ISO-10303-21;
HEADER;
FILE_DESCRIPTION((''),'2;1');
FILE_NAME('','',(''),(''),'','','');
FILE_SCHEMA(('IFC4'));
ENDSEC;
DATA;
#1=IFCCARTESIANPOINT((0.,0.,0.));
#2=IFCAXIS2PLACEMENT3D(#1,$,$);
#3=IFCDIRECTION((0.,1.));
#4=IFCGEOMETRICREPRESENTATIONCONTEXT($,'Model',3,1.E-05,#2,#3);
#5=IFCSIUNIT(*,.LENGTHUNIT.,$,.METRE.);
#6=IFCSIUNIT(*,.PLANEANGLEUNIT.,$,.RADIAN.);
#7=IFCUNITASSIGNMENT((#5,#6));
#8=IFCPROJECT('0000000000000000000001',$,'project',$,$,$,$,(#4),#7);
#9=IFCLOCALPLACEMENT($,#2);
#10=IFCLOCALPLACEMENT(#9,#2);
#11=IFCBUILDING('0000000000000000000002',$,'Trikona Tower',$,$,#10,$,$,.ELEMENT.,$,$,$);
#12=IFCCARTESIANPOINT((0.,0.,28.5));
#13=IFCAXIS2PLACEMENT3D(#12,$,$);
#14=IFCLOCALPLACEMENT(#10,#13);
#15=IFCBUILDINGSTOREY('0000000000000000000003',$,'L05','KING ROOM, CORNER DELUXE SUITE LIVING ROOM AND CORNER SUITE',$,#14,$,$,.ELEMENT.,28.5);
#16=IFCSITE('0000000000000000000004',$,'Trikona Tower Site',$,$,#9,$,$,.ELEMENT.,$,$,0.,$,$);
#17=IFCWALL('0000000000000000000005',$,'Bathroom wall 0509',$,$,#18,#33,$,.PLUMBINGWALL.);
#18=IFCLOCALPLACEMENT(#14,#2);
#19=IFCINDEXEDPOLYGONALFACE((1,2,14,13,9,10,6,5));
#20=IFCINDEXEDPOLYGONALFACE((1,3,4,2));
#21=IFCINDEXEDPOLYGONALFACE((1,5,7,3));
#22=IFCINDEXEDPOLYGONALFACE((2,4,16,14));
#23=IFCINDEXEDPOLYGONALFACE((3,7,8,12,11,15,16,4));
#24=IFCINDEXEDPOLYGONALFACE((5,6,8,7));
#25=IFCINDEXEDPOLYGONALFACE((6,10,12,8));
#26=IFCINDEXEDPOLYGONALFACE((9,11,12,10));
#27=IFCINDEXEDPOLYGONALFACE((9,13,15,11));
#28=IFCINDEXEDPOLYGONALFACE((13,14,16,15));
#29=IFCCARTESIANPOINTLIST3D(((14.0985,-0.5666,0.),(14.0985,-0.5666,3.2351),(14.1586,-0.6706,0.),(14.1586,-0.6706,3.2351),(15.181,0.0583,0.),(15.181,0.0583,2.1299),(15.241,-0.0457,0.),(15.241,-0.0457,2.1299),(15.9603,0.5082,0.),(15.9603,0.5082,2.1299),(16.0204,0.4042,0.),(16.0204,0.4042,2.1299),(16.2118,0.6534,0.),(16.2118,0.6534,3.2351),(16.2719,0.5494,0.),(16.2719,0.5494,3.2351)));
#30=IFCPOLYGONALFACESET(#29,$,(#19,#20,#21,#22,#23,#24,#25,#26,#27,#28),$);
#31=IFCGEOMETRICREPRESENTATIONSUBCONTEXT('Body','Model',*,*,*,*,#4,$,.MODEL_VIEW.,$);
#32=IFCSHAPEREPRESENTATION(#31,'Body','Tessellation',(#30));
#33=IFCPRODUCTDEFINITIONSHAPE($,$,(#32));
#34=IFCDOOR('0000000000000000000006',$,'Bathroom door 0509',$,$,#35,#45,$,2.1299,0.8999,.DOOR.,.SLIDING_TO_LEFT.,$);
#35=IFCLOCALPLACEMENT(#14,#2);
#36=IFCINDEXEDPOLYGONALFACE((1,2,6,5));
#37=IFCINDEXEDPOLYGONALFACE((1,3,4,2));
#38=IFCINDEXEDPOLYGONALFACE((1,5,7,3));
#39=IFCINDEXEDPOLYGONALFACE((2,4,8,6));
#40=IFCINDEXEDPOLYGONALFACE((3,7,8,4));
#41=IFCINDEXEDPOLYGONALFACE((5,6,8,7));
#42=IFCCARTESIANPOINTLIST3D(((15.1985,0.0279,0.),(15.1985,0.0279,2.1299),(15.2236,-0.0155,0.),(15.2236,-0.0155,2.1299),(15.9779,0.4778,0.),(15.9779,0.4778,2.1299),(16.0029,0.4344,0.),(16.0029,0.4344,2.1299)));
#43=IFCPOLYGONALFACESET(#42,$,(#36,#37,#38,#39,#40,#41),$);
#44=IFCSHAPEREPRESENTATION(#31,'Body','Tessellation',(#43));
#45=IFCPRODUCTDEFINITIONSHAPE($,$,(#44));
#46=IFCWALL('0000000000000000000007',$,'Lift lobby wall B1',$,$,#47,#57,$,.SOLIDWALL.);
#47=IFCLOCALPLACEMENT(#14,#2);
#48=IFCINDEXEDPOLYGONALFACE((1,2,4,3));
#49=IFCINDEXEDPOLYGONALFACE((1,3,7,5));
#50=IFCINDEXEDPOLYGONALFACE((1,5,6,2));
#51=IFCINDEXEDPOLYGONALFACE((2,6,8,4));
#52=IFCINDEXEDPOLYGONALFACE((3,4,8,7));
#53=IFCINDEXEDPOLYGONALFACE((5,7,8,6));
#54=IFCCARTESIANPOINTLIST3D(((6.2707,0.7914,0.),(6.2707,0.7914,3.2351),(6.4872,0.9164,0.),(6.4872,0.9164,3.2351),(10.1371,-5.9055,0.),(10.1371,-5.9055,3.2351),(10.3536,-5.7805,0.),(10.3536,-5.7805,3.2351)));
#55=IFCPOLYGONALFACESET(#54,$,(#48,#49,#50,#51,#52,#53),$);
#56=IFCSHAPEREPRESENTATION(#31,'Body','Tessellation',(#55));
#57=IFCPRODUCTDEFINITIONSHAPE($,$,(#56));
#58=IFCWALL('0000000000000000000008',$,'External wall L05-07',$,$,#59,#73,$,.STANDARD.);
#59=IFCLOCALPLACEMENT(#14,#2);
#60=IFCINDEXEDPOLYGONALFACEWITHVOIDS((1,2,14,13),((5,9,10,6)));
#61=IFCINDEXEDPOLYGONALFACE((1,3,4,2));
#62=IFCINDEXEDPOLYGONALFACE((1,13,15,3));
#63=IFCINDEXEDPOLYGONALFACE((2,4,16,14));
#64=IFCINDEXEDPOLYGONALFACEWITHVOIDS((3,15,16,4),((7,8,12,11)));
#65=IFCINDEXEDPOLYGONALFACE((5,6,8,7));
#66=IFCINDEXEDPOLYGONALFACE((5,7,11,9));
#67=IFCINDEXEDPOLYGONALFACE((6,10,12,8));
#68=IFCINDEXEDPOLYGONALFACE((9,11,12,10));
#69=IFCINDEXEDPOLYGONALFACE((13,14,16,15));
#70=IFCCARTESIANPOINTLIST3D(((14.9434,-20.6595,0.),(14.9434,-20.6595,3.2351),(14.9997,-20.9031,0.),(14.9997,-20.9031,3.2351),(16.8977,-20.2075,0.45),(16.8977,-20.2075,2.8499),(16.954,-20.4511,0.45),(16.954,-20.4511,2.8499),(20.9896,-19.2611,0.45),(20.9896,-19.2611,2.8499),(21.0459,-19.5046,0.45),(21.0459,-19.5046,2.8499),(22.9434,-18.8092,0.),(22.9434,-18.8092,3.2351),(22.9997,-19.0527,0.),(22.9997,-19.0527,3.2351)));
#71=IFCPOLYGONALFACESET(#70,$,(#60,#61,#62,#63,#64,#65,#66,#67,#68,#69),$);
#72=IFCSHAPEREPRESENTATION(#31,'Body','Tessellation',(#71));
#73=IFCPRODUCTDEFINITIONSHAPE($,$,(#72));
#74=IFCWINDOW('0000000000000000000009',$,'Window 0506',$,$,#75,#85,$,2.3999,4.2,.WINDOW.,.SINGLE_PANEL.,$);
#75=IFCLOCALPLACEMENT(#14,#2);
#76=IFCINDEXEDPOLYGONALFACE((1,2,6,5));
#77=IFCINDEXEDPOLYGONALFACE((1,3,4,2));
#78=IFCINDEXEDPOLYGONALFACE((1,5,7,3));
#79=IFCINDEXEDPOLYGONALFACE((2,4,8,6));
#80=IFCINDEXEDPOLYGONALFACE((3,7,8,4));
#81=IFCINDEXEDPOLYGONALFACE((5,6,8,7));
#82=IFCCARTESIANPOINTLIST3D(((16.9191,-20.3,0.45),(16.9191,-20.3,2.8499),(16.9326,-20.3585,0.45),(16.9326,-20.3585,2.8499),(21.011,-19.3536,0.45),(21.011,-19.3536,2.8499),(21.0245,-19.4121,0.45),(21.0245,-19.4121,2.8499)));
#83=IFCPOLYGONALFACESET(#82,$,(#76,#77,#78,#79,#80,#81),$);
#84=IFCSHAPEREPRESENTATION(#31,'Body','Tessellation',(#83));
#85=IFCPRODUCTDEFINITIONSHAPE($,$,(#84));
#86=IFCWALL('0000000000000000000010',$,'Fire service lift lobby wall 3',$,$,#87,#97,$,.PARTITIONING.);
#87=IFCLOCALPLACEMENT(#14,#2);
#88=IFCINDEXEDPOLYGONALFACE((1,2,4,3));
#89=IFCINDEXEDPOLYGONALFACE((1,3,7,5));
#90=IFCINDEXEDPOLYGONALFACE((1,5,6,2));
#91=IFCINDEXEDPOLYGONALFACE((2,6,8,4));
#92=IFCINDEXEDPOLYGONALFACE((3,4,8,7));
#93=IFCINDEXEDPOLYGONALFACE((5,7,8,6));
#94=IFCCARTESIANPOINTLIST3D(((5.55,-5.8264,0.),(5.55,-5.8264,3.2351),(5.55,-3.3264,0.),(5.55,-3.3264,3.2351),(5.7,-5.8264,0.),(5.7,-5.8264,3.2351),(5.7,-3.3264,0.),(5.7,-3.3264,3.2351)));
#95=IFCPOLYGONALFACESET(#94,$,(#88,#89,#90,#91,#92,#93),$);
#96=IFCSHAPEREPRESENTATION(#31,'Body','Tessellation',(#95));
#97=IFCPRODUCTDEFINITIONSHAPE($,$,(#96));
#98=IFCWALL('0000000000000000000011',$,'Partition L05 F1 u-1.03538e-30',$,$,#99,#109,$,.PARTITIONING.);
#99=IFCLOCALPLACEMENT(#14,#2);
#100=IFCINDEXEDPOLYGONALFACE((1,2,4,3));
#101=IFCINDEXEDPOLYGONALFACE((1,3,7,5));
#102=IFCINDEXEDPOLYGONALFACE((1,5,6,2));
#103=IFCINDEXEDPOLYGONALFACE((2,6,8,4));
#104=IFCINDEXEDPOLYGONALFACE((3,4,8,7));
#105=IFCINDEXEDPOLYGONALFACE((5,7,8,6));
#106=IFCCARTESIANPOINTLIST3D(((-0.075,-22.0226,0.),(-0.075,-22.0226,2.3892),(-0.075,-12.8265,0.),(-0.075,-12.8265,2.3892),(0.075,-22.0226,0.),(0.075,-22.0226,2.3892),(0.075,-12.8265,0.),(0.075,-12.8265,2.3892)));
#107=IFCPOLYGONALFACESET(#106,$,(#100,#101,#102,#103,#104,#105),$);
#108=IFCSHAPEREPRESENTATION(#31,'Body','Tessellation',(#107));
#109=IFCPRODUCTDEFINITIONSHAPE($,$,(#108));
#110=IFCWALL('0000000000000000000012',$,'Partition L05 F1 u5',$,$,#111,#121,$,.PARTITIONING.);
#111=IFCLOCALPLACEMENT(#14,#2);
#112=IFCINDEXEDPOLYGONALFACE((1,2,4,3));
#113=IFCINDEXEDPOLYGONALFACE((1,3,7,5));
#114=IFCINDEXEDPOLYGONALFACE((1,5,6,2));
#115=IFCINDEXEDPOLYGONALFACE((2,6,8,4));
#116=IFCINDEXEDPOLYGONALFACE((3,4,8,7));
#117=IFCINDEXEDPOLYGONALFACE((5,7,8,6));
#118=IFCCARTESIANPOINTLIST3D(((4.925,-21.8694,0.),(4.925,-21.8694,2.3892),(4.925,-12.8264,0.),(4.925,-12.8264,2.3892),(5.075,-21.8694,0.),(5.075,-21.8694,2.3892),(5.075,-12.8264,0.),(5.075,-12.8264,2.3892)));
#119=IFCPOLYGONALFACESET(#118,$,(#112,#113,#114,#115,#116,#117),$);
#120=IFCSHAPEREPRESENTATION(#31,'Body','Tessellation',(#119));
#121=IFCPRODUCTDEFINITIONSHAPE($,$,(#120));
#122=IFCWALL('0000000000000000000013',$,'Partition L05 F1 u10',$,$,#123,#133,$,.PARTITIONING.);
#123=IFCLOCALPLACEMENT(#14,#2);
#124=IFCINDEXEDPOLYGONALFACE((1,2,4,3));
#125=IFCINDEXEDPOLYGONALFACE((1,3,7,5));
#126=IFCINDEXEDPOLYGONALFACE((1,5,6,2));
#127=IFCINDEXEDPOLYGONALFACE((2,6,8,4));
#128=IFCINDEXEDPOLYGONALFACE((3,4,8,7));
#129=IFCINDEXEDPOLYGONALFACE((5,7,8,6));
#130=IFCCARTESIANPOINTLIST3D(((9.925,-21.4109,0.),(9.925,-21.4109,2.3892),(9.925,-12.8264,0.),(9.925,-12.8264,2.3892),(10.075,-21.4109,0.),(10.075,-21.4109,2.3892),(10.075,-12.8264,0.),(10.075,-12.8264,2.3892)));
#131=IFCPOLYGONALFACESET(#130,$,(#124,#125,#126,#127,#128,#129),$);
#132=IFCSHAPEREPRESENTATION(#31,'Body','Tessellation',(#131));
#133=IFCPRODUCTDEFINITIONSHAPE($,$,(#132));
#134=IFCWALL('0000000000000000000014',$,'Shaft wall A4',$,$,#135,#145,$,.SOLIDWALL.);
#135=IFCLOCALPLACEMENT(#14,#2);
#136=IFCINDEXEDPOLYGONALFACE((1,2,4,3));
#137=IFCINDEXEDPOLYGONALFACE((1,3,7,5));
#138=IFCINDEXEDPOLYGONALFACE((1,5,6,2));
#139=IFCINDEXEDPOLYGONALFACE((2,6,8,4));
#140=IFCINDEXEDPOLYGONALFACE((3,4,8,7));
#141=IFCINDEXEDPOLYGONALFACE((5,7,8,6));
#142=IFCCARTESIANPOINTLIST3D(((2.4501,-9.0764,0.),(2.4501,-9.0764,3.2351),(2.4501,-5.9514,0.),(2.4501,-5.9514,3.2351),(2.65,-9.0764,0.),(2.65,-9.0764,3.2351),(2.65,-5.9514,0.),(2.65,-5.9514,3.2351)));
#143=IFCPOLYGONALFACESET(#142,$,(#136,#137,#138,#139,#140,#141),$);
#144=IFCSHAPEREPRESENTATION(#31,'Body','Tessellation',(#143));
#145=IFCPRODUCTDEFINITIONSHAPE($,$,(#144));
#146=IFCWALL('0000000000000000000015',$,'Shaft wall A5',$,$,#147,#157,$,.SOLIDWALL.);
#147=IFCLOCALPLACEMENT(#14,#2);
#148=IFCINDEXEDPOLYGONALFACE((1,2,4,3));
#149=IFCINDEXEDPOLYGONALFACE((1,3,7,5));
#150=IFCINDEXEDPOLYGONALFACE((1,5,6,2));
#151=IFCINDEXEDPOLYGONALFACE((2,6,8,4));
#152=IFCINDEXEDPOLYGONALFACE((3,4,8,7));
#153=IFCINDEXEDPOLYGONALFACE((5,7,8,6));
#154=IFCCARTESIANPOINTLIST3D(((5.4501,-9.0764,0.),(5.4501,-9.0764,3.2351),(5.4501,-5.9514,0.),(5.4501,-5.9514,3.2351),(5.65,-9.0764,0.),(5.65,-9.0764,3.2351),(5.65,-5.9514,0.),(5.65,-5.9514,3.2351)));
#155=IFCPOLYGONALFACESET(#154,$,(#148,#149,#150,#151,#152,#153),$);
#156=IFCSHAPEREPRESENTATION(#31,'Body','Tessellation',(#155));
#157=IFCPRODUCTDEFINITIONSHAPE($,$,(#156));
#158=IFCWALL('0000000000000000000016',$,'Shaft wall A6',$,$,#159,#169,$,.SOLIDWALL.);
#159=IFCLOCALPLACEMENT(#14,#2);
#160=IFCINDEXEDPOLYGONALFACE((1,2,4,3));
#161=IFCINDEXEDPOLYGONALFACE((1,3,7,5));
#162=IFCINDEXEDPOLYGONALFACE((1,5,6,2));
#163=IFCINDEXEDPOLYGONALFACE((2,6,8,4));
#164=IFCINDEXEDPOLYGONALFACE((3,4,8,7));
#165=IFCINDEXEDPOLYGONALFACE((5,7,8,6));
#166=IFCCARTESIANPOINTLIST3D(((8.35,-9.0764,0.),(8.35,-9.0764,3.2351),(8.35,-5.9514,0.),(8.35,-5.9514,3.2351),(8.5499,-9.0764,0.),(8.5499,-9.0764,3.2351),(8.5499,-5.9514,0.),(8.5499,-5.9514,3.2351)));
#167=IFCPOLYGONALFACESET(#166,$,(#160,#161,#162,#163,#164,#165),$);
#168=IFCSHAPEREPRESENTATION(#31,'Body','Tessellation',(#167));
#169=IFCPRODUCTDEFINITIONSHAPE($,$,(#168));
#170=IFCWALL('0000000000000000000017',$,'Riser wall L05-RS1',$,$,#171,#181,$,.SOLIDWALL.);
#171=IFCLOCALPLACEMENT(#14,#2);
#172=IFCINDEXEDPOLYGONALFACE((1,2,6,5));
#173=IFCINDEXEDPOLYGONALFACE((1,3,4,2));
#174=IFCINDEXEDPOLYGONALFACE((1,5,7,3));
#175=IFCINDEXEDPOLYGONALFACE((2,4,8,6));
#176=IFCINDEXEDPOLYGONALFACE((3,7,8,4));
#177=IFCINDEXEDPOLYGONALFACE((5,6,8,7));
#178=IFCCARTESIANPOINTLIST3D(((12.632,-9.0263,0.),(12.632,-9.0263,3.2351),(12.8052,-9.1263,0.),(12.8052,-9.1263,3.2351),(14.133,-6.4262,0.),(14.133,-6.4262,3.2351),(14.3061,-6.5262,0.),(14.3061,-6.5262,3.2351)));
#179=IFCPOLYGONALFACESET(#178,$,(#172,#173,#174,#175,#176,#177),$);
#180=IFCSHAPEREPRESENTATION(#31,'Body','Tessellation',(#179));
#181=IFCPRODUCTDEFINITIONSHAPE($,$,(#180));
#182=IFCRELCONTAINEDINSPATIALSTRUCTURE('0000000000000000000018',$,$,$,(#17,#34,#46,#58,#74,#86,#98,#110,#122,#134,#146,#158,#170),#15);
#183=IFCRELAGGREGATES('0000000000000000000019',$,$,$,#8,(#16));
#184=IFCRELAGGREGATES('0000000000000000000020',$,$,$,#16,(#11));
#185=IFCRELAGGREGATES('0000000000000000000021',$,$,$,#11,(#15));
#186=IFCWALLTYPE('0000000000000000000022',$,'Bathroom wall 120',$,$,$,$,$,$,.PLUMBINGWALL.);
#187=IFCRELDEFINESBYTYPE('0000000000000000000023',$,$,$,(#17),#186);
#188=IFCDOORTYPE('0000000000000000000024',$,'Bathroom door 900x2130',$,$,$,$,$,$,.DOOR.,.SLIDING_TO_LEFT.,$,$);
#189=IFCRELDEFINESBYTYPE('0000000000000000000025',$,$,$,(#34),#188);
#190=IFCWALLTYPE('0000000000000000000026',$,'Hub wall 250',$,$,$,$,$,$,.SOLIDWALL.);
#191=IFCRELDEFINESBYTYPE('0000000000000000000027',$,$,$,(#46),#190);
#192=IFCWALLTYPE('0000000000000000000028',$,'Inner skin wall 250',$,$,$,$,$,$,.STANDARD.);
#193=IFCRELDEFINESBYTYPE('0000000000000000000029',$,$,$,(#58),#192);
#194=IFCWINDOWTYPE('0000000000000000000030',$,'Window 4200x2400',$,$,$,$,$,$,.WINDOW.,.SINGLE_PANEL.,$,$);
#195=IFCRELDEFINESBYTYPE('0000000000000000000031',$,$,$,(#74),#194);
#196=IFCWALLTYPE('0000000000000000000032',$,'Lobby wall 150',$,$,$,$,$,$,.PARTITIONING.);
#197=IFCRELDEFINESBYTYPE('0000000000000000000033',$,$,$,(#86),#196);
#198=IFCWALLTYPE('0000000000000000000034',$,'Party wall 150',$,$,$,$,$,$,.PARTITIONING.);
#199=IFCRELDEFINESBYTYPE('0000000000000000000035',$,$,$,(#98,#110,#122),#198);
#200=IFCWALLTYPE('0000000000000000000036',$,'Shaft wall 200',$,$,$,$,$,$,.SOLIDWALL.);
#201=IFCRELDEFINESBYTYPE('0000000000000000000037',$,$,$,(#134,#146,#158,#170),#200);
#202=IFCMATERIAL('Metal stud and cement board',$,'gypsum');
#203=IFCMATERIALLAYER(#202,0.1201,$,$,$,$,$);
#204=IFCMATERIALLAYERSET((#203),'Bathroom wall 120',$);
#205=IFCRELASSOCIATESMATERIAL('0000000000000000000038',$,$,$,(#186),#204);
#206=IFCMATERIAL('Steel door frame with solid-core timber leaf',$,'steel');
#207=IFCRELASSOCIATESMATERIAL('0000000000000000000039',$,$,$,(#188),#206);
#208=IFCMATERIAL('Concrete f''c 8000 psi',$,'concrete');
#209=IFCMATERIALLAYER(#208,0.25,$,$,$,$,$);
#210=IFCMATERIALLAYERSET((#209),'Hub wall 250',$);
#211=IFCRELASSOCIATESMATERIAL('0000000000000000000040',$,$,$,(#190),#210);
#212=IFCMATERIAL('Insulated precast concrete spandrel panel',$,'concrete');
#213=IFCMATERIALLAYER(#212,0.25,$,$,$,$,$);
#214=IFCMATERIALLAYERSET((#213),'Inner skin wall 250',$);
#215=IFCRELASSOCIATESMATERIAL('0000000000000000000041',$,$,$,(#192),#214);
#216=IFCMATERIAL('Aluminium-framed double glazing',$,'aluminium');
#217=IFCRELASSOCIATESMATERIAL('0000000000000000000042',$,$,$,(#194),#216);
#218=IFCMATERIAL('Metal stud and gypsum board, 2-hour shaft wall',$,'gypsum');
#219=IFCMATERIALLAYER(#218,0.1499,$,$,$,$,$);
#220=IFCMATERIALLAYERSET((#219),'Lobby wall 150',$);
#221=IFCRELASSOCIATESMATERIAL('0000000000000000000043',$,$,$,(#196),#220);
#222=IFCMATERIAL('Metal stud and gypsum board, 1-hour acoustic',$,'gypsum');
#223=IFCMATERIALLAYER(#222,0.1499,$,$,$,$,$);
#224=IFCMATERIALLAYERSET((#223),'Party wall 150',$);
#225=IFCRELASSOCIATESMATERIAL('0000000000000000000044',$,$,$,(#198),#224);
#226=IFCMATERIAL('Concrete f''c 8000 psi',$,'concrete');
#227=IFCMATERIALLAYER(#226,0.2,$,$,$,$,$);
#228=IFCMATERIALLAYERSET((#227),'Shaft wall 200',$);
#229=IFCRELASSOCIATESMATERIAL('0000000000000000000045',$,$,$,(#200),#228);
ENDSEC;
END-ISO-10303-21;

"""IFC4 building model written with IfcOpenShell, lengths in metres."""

from ifc_helpers import new_model, si_unit, direction, frame, frame_2d, origin, place, context, subcontext, project, spatial, rectangle, extrude, material, layer, layer_set, type_object, element, fill, save


model = new_model("IFC4")

# Units and contexts
model_context = context("Model", 3, precision=1e-05, world=origin(), true_north=direction((0.0, 1.0)))
body_context = subcontext(model_context, "Body", "Model", "MODEL_VIEW")
ifc_project = project(units=[si_unit("LENGTHUNIT", "METRE"), si_unit("PLANEANGLEUNIT", "RADIAN")], contexts=[model_context])

# Site, building, storey
site_placement = place(None, origin())
site = spatial("IfcSite", under=ifc_project, at=site_placement, Name="Trikona Tower Site", CompositionType="ELEMENT", RefElevation=0.0)
building_placement = place(site_placement, origin())
building = spatial("IfcBuilding", under=site, at=building_placement, Name="Trikona Tower", CompositionType="ELEMENT")
storey_placement = place(building_placement, frame((0.0, 0.0, 28.5)))
storey = spatial("IfcBuildingStorey", under=building, at=storey_placement, Name="L05", Description="KING ROOM, CORNER DELUXE SUITE LIVING ROOM AND CORNER SUITE", CompositionType="ELEMENT", Elevation=28.5)

# Shared definitions
ifc_material_1 = material(Name="Metal stud and cement board", Category="gypsum")
ifc_layer_1 = layer(ifc_material_1, 0.1201)
ifc_layer_set_1 = layer_set([ifc_layer_1], Name="Bathroom wall 120")
wall_type_1 = type_object("IfcWallType", Name="Bathroom wall 120", PredefinedType="PLUMBINGWALL", material=ifc_layer_set_1)

# Shared definitions
ifc_material_2 = material(Name="Steel door frame with solid-core timber leaf", Category="steel")
door_type = type_object("IfcDoorType", Name="Bathroom door 900x2130", OperationType="SLIDING_TO_LEFT", PredefinedType="DOOR", material=ifc_material_2)

# Wall, opening, door
wall_1_placement = place(storey_placement, frame((14.1284, -0.6187, 0.0), z_axis=(0.0, 0.0, 1.0), x_axis=(0.866049, 0.499959, 0.0)))
wall_1 = element("IfcWall", 1, at=wall_1_placement, inside=storey, type_object=wall_type_1, Name="Bathroom wall 0509", PredefinedType="PLUMBINGWALL", context=body_context, shape_type="SweptSolid", body=[
    extrude(rectangle(XDim=2.4402, YDim=0.1201, at=frame_2d((1.2202, 0.0))), origin(), (0.0, 0.0, 1.0), 3.2351),
])
opening_1_placement = place(wall_1_placement, frame((1.25, 0.0, 0.0)))
opening_1 = element("IfcOpeningElement", 2, at=opening_1_placement, cuts=wall_1, PredefinedType="OPENING", context=body_context, shape_type="SweptSolid", body=[
    extrude(rectangle(XDim=0.8999, YDim=2.1299, at=frame_2d((0.45, 1.0649))), frame((0.0, 0.0701, 0.0), z_axis=(0.0, -1.0, 0.0), x_axis=(1.0, 0.0, 0.0)), (0.0, 0.0, 1.0), 0.1401),
])
door_1_placement = place(opening_1_placement, origin())
door_1 = element("IfcDoor", 3, at=door_1_placement, inside=storey, type_object=door_type, Name="Bathroom door 0509", OperationType="SLIDING_TO_LEFT", OverallHeight=2.1299, OverallWidth=0.8999, PredefinedType="DOOR", context=body_context, shape_type="SweptSolid", body=[
    extrude(rectangle(XDim=0.8999, YDim=2.1299, at=frame_2d((0.45, 1.0649))), frame((0.0, 0.0249, 0.0), z_axis=(0.0, -1.0, 0.0), x_axis=(1.0, 0.0, 0.0)), (0.0, 0.0, 1.0), 0.05),
])
fill(opening_1, door_1)

# Wall
ifc_material_3 = material(Name="Concrete f'c 8000 psi", Category="concrete")
ifc_layer_2 = layer(ifc_material_3, 0.25)
ifc_layer_set_2 = layer_set([ifc_layer_2], Name="Hub wall 250")
wall_type_2 = type_object("IfcWallType", Name="Hub wall 250", PredefinedType="SOLIDWALL", material=ifc_layer_set_2)
wall_2_placement = place(storey_placement, frame((10.2454, -5.843, 0.0), z_axis=(0.0, 0.0, 1.0), x_axis=(-0.499993, 0.866029, 0.0)))
element("IfcWall", 4, at=wall_2_placement, inside=storey, type_object=wall_type_2, Name="Lift lobby wall B1", PredefinedType="SOLIDWALL", context=body_context, shape_type="SweptSolid", body=[
    extrude(rectangle(XDim=7.7329, YDim=0.25, at=frame_2d((3.8665, 0.0))), origin(), (0.0, 0.0, 1.0), 3.2351),
])

# Wall, opening, window
ifc_material_4 = material(Name="Insulated precast concrete spandrel panel", Category="concrete")
ifc_layer_3 = layer(ifc_material_4, 0.25)
ifc_layer_set_3 = layer_set([ifc_layer_3], Name="Inner skin wall 250")
wall_type_3 = type_object("IfcWallType", Name="Inner skin wall 250", PredefinedType="STANDARD", material=ifc_layer_set_3)
wall_3_placement = place(storey_placement, frame((14.9717, -20.7812, 0.0), z_axis=(0.0, 0.0, 1.0), x_axis=(0.974279, 0.225344, 0.0)))
wall_3 = element("IfcWall", 5, at=wall_3_placement, inside=storey, type_object=wall_type_3, Name="External wall L05-07", PredefinedType="STANDARD", context=body_context, shape_type="SweptSolid", body=[
    extrude(rectangle(XDim=8.2112, YDim=0.25, at=frame_2d((4.1055, 0.0))), origin(), (0.0, 0.0, 1.0), 3.2351),
])
opening_2_placement = place(wall_3_placement, frame((2.0056, 0.0, 0.45)))
opening_2 = element("IfcOpeningElement", 6, at=opening_2_placement, cuts=wall_3, PredefinedType="OPENING", context=body_context, shape_type="SweptSolid", body=[
    extrude(rectangle(XDim=4.2, YDim=2.3999, at=frame_2d((2.1001, 1.2))), frame((0.0, 0.135, 0.0), z_axis=(0.0, -1.0, 0.0), x_axis=(1.0, 0.0, 0.0)), (0.0, 0.0, 1.0), 0.27),
])
ifc_material_5 = material(Name="Aluminium-framed double glazing", Category="aluminium")
window_type = type_object("IfcWindowType", Name="Window 4200x2400", PartitioningType="SINGLE_PANEL", PredefinedType="WINDOW", material=ifc_material_5)
window_placement = place(opening_2_placement, origin())
window = element("IfcWindow", 7, at=window_placement, inside=storey, type_object=window_type, Name="Window 0506", OverallHeight=2.3999, OverallWidth=4.2, PartitioningType="SINGLE_PANEL", PredefinedType="WINDOW", context=body_context, shape_type="SweptSolid", body=[
    extrude(rectangle(XDim=4.2, YDim=2.3999, at=frame_2d((2.1001, 1.2))), frame((0.0, 0.03, 0.0), z_axis=(0.0, -1.0, 0.0), x_axis=(1.0, 0.0, 0.0)), (0.0, 0.0, 1.0), 0.0601),
])
fill(opening_2, window)

# Walls
ifc_material_6 = material(Name="Metal stud and gypsum board, 2-hour shaft wall", Category="gypsum")
ifc_layer_4 = layer(ifc_material_6, 0.1499)
ifc_layer_set_4 = layer_set([ifc_layer_4], Name="Lobby wall 150")
wall_type_4 = type_object("IfcWallType", Name="Lobby wall 150", PredefinedType="PARTITIONING", material=ifc_layer_set_4)
wall_4_placement = place(storey_placement, frame((5.625, -5.8264, 0.0), z_axis=(0.0, 0.0, 1.0), x_axis=(0.0, 1.0, 0.0)))
element("IfcWall", 8, at=wall_4_placement, inside=storey, type_object=wall_type_4, Name="Fire service lift lobby wall 3", PredefinedType="PARTITIONING", context=body_context, shape_type="SweptSolid", body=[
    extrude(rectangle(XDim=2.5, YDim=0.1499, at=frame_2d((1.25, 0.0))), origin(), (0.0, 0.0, 1.0), 3.2351),
])
ifc_material_7 = material(Name="Metal stud and gypsum board, 1-hour acoustic", Category="gypsum")
ifc_layer_5 = layer(ifc_material_7, 0.1499)
ifc_layer_set_5 = layer_set([ifc_layer_5], Name="Party wall 150")
wall_type_5 = type_object("IfcWallType", Name="Party wall 150", PredefinedType="PARTITIONING", material=ifc_layer_set_5)
wall_5_placement = place(storey_placement, frame((0.0, -12.8264, 0.0), z_axis=(0.0, 0.0, 1.0), x_axis=(0.0, -1.0, 0.0)))
element("IfcWall", 9, at=wall_5_placement, inside=storey, type_object=wall_type_5, Name="Partition L05 F1 u-1.03538e-30", PredefinedType="PARTITIONING", context=body_context, shape_type="SweptSolid", body=[
    extrude(rectangle(XDim=9.196, YDim=0.1499, at=frame_2d((4.5981, 0.0))), origin(), (0.0, 0.0, 1.0), 2.3892),
])
wall_6_placement = place(storey_placement, frame((5.0, -12.8264, 0.0), z_axis=(0.0, 0.0, 1.0), x_axis=(0.0, -1.0, 0.0)))
element("IfcWall", 10, at=wall_6_placement, inside=storey, type_object=wall_type_5, Name="Partition L05 F1 u5", PredefinedType="PARTITIONING", context=body_context, shape_type="SweptSolid", body=[
    extrude(rectangle(XDim=9.043, YDim=0.1499, at=frame_2d((4.5215, 0.0))), origin(), (0.0, 0.0, 1.0), 2.3892),
])
wall_7_placement = place(storey_placement, frame((10.0, -12.8264, 0.0), z_axis=(0.0, 0.0, 1.0), x_axis=(0.0, -1.0, 0.0)))
element("IfcWall", 11, at=wall_7_placement, inside=storey, type_object=wall_type_5, Name="Partition L05 F1 u10", PredefinedType="PARTITIONING", context=body_context, shape_type="SweptSolid", body=[
    extrude(rectangle(XDim=8.5845, YDim=0.1499, at=frame_2d((4.2922, 0.0))), origin(), (0.0, 0.0, 1.0), 2.3892),
])
ifc_material_8 = material(Name="Concrete f'c 8000 psi", Category="concrete")
ifc_layer_6 = layer(ifc_material_8, 0.2)
ifc_layer_set_6 = layer_set([ifc_layer_6], Name="Shaft wall 200")
wall_type_6 = type_object("IfcWallType", Name="Shaft wall 200", PredefinedType="SOLIDWALL", material=ifc_layer_set_6)
for number, where, z_axis, x_axis, name in (
    (12, (2.55, -5.9514, 0.0), (0.0, 0.0, 1.0), (0.0, -1.0, 0.0), "Shaft wall A4"),
    (13, (5.55, -5.9514, 0.0), (0.0, 0.0, 1.0), (0.0, -1.0, 0.0), "Shaft wall A5"),
    (14, (8.45, -5.9514, 0.0), (0.0, 0.0, 1.0), (0.0, -1.0, 0.0), "Shaft wall A6"),
):
    element("IfcWall", number, at=place(storey_placement, frame(where, z_axis=z_axis, x_axis=x_axis)), inside=storey, type_object=wall_type_6, Name=name, PredefinedType="SOLIDWALL", context=body_context, shape_type="SweptSolid", body=[
        extrude(rectangle(XDim=3.125, YDim=0.2, at=frame_2d((1.5625, 0.0))), origin(), (0.0, 0.0, 1.0), 3.2351),
    ])
wall_8_placement = place(storey_placement, frame((14.2195, -6.4763, 0.0), z_axis=(0.0, 0.0, 1.0), x_axis=(-0.499952, -0.866053, 0.0)))
element("IfcWall", 15, at=wall_8_placement, inside=storey, type_object=wall_type_6, Name="Riser wall L05-RS1", PredefinedType="SOLIDWALL", context=body_context, shape_type="SweptSolid", body=[
    extrude(rectangle(XDim=3.0022, YDim=0.2, at=frame_2d((1.501, 0.0))), origin(), (0.0, 0.0, 1.0), 3.2351),
])

save(model, "model.ifc")
